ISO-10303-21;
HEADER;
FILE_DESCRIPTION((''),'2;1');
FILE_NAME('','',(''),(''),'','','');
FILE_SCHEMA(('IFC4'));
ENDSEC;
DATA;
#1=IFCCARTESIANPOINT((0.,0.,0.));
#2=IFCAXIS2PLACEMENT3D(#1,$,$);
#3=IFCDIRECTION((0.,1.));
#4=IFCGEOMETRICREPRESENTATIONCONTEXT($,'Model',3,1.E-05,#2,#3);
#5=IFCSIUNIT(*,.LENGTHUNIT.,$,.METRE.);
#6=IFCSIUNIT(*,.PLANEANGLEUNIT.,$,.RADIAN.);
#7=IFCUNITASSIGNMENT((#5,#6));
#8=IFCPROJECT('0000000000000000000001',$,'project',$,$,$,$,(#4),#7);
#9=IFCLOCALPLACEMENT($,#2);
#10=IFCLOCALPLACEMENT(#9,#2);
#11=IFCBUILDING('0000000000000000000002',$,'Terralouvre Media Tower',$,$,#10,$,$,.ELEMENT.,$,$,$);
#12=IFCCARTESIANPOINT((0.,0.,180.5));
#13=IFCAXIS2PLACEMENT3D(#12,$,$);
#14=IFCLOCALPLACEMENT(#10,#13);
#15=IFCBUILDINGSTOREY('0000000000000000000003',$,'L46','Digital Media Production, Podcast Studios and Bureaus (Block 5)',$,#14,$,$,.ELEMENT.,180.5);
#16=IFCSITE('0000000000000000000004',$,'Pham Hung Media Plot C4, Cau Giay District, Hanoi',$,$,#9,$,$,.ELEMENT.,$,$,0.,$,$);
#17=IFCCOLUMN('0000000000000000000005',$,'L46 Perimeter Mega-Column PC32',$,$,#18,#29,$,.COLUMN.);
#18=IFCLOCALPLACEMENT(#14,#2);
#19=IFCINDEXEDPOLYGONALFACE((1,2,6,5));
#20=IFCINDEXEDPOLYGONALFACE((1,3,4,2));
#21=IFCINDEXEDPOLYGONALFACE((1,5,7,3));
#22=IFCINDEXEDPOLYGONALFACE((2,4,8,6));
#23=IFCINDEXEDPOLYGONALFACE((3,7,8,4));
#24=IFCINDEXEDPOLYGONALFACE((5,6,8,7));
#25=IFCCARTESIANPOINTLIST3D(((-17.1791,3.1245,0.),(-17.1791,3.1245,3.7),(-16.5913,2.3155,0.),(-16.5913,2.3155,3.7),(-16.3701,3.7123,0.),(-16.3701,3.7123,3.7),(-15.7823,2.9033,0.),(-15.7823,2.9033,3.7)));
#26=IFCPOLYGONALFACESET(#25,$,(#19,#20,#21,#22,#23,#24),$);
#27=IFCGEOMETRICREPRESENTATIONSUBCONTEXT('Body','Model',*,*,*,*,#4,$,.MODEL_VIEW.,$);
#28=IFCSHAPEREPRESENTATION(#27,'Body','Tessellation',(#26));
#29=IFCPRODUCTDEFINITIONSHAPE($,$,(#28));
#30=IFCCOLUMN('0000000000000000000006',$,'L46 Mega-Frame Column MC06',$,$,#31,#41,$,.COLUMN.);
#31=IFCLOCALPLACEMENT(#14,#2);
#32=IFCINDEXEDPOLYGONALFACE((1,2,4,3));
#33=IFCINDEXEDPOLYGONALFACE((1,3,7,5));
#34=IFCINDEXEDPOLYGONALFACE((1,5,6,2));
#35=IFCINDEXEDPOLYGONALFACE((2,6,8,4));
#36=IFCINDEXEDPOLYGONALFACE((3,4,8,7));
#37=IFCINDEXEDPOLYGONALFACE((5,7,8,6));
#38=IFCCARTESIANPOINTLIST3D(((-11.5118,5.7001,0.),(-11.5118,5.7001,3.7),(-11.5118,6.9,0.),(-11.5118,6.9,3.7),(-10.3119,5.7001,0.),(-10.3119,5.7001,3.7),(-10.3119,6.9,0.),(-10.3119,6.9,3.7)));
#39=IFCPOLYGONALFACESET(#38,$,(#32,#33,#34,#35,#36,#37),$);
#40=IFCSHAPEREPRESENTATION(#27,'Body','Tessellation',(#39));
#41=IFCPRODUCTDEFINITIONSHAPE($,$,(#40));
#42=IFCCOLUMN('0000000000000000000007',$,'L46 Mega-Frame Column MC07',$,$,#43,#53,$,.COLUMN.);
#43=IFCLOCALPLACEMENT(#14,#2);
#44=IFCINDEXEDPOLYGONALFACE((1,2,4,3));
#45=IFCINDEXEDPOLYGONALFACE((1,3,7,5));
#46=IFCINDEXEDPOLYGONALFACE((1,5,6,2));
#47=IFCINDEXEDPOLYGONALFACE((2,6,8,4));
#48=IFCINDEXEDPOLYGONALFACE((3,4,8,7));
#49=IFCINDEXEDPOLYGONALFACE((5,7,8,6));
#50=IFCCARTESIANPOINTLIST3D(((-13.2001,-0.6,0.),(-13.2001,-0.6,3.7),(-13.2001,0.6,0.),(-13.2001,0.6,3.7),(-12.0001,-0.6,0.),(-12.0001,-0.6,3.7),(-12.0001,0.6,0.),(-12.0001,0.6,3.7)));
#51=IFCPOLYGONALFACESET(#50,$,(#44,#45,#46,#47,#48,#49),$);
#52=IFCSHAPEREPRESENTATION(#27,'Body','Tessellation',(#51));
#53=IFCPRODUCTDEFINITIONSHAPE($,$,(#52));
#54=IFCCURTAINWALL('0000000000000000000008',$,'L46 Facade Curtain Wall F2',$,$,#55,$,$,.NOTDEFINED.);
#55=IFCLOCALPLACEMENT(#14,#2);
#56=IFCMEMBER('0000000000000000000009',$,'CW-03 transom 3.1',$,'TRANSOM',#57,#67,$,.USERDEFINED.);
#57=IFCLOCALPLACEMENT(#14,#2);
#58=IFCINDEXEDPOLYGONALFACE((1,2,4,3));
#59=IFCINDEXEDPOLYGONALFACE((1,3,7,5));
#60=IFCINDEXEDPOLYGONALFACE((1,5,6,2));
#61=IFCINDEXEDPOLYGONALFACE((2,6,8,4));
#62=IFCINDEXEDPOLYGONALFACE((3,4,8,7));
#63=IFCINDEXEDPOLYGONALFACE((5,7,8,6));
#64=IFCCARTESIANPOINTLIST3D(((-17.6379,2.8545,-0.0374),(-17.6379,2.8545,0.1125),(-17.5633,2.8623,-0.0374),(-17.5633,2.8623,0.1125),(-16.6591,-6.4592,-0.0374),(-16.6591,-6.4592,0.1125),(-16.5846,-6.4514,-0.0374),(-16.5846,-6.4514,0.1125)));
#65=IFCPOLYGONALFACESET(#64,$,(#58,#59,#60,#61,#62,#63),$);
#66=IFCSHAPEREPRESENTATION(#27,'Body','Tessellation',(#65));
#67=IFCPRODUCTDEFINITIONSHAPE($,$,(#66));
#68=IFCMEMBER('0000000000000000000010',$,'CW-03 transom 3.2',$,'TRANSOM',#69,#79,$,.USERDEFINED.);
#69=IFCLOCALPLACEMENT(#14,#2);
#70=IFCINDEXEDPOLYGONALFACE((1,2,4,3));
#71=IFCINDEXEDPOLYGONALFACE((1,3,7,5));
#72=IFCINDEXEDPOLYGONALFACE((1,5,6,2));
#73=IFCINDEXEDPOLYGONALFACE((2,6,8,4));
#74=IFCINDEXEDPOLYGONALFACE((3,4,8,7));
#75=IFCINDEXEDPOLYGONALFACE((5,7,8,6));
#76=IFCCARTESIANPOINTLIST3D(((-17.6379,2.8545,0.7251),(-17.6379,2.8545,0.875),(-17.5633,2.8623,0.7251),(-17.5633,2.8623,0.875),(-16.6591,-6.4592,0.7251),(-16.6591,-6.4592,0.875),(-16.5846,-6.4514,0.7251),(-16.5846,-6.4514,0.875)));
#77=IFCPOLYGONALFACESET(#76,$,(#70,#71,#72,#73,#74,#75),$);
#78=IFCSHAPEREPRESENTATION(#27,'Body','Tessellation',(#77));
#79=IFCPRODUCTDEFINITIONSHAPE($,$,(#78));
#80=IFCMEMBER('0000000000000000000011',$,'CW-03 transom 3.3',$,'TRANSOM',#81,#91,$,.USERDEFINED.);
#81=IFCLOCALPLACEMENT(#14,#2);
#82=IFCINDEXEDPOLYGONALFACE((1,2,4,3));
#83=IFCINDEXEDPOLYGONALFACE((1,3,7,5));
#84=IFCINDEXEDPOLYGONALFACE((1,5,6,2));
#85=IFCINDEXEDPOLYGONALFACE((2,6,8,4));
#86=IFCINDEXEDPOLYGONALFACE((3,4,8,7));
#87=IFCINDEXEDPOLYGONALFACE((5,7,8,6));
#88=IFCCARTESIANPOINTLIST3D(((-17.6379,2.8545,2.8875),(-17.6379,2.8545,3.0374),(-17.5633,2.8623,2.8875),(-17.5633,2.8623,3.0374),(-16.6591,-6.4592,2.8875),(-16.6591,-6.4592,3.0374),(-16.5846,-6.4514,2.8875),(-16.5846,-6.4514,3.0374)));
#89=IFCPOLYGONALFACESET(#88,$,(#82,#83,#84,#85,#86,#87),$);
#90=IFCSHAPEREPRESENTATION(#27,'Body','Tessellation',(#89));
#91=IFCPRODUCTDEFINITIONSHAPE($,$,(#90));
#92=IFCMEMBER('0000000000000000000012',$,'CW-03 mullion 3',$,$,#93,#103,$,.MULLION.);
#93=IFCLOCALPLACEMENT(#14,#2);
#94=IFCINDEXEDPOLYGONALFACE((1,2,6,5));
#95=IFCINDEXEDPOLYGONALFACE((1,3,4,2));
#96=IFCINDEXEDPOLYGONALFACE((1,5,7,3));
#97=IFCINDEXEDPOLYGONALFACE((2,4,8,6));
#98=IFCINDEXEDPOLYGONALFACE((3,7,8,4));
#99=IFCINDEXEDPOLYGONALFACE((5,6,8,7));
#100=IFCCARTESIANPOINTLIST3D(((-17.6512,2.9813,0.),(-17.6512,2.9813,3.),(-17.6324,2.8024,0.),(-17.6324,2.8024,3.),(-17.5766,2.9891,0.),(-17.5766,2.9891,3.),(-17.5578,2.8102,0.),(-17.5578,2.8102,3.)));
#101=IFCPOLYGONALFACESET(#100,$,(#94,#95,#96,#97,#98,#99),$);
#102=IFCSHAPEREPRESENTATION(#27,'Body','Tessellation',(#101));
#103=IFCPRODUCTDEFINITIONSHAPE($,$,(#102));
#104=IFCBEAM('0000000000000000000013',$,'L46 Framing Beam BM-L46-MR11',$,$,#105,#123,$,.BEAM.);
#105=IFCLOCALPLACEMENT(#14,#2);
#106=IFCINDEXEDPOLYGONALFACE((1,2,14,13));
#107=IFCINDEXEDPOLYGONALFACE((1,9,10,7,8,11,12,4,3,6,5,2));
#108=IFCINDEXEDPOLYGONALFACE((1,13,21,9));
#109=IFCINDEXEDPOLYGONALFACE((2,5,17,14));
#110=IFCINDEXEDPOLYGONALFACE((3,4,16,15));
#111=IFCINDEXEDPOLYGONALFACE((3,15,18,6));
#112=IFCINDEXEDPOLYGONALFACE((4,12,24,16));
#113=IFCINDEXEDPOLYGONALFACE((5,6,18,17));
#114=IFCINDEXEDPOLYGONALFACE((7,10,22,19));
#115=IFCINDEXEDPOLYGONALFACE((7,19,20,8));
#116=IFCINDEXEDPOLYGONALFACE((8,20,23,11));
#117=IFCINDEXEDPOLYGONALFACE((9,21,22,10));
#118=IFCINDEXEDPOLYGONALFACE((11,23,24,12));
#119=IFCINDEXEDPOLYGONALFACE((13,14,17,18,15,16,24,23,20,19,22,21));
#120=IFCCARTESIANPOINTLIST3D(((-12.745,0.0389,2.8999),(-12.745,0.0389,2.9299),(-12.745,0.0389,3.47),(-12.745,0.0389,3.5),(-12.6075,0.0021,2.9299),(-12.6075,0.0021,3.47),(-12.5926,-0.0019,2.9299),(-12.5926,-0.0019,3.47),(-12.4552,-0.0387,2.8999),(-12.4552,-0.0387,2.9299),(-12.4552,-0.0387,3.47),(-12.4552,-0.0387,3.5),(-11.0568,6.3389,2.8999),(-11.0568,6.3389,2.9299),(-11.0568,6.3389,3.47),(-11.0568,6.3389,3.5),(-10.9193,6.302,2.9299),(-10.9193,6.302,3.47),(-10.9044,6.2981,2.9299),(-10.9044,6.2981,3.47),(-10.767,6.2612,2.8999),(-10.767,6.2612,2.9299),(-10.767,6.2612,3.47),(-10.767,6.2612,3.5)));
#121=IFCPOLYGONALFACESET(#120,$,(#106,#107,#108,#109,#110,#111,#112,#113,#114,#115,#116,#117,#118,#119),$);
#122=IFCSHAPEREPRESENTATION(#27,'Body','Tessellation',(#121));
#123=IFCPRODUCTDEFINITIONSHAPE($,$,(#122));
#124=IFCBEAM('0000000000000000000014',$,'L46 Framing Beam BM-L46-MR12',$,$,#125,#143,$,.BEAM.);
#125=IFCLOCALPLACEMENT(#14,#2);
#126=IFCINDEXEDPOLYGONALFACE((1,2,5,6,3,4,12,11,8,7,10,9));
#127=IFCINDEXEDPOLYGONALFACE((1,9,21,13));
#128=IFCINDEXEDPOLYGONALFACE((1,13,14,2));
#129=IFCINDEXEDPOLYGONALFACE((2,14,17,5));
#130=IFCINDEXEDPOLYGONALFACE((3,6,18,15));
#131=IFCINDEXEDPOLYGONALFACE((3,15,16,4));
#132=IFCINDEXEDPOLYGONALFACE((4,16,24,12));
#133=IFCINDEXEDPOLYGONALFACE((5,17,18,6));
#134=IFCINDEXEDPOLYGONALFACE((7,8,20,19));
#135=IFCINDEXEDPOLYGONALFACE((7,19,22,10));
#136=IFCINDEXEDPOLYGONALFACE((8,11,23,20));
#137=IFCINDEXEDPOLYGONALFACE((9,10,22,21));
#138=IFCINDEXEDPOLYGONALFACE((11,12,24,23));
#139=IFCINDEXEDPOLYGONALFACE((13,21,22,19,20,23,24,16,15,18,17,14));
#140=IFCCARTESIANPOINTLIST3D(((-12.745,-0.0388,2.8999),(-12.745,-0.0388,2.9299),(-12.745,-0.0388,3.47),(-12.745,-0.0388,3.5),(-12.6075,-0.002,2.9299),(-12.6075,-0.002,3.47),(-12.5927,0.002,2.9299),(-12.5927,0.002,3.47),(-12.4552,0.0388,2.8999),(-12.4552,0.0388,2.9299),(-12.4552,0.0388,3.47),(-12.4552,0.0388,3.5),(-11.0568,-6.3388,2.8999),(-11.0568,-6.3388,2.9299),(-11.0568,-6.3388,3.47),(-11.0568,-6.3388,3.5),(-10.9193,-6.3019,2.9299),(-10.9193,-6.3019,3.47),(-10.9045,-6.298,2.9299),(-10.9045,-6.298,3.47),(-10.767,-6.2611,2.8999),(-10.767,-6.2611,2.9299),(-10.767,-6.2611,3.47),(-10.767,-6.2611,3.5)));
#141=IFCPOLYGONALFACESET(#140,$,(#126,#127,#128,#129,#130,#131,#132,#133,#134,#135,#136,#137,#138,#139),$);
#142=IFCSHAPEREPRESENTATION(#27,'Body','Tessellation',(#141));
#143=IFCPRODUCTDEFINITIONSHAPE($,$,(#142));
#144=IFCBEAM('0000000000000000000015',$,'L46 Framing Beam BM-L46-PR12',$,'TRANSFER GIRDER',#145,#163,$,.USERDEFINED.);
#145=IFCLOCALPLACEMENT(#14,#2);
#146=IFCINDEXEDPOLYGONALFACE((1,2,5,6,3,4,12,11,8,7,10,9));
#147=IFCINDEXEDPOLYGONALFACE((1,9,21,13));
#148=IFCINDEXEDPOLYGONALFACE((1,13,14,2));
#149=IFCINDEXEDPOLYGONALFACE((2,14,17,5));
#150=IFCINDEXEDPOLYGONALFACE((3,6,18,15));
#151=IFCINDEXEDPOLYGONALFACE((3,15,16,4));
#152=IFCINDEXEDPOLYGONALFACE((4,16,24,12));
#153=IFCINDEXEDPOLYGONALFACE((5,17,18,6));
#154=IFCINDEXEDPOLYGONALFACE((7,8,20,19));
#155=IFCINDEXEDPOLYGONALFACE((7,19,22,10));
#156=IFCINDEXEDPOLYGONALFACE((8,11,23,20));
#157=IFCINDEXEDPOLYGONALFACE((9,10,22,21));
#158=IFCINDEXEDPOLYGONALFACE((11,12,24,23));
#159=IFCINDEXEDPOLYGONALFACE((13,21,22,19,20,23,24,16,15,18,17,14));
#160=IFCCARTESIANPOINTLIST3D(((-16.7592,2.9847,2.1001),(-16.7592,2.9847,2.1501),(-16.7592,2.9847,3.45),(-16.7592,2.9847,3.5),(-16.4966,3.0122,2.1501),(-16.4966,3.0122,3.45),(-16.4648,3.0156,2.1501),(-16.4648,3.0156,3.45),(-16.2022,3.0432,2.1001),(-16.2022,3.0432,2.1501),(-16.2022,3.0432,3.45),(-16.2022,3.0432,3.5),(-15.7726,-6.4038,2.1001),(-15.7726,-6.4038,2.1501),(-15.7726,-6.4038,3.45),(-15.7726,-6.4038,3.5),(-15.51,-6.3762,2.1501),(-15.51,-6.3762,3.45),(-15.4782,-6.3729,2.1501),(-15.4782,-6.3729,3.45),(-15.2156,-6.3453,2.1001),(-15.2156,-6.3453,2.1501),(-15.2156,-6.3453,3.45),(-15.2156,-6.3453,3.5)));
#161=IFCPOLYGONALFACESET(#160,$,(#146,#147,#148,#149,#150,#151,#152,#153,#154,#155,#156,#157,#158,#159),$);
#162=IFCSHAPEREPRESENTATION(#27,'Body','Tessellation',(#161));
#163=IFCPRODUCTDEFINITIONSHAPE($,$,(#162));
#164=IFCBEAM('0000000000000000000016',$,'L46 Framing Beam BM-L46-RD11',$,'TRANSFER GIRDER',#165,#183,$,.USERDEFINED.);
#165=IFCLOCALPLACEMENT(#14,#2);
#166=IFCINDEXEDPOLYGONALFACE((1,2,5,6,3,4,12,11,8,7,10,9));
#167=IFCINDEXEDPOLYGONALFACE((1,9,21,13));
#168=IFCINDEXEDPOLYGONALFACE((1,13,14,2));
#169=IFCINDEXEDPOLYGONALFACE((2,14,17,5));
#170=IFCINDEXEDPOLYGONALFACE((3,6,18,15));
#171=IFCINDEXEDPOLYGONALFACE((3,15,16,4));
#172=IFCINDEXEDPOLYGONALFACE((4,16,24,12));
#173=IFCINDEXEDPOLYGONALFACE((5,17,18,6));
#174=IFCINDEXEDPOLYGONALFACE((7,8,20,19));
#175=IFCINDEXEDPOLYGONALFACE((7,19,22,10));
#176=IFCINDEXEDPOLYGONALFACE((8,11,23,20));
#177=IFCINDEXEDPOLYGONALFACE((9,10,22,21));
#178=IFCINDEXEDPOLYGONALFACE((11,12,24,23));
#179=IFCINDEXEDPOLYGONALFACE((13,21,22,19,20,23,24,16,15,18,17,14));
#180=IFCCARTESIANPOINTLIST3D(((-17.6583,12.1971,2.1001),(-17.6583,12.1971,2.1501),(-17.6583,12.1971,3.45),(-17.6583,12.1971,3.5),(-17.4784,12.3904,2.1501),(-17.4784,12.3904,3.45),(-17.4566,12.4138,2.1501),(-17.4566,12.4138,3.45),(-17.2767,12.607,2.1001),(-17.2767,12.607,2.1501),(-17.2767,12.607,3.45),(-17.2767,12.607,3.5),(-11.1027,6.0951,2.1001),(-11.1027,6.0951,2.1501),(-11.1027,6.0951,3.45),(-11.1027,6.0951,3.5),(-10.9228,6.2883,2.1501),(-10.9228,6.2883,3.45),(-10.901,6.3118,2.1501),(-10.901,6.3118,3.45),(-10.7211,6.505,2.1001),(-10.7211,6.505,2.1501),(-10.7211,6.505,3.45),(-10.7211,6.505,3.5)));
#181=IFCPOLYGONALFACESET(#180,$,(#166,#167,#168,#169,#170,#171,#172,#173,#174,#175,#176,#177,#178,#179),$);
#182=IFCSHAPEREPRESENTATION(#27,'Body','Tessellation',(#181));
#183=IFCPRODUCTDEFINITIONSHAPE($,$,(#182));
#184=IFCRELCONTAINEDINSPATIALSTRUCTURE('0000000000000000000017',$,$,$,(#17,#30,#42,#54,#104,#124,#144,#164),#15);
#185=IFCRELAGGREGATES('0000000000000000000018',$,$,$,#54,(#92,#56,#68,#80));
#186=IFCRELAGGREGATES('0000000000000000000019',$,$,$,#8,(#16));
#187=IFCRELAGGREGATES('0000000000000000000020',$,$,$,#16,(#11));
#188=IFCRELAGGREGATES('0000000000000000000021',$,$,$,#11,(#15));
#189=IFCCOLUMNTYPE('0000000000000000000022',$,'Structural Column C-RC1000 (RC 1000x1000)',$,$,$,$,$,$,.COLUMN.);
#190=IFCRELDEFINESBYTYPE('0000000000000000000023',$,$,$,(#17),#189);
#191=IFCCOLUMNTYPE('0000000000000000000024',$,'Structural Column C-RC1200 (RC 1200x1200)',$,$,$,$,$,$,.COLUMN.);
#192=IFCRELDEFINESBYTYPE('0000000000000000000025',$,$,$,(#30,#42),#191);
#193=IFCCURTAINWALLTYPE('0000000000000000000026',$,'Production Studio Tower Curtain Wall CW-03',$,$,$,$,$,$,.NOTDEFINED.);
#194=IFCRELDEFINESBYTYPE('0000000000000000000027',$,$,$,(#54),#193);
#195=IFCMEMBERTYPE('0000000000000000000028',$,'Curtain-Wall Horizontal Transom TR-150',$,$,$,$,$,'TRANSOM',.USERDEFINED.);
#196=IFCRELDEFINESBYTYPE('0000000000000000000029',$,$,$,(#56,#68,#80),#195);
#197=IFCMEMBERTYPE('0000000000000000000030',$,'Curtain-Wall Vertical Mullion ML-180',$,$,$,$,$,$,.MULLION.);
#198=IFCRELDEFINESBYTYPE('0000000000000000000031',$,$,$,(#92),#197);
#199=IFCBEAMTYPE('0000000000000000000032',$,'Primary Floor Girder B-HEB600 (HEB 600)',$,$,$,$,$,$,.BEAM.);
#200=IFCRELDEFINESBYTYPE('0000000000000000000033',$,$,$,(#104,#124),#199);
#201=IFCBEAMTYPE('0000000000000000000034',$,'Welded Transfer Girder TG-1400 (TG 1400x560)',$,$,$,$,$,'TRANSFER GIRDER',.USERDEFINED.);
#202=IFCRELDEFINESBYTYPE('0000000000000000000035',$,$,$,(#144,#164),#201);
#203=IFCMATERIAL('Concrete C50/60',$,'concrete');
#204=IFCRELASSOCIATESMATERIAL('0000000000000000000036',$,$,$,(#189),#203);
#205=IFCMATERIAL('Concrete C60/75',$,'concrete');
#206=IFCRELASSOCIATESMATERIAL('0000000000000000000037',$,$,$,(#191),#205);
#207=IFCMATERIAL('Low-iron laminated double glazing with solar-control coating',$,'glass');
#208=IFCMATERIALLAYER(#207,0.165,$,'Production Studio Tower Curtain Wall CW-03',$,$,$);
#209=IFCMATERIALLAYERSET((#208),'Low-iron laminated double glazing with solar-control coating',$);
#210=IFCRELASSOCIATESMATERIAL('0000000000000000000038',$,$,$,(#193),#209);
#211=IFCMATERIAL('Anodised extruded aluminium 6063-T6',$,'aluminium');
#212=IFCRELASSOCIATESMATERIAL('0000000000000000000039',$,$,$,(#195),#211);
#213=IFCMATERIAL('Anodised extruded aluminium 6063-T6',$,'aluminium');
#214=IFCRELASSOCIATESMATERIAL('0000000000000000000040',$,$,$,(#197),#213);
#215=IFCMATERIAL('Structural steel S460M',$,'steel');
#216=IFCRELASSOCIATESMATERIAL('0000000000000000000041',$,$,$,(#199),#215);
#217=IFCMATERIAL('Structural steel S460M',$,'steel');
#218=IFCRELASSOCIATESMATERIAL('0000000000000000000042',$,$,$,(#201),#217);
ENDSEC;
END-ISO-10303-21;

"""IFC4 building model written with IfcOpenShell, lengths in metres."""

from ifc_helpers import new_model, si_unit, direction, frame, origin, origin_2d, place, context, subcontext, project, spatial, rectangle, i_section, extrude, material, layer, layer_set, material_profile, profile_set, type_object, element, aggregate, save


model = new_model("IFC4")

# Units and contexts
model_context = context("Model", 3, precision=1e-05, world=origin(), true_north=direction((0.0, 1.0)))
body_context = subcontext(model_context, "Body", "Model", "MODEL_VIEW")
ifc_project = project(units=[si_unit("LENGTHUNIT", "METRE"), si_unit("PLANEANGLEUNIT", "RADIAN")], contexts=[model_context])

# Site, building, storey
site_placement = place(None, origin())
site = spatial("IfcSite", under=ifc_project, at=site_placement, Name="Pham Hung Media Plot C4, Cau Giay District, Hanoi", CompositionType="ELEMENT", RefElevation=0.0)
building_placement = place(site_placement, origin())
building = spatial("IfcBuilding", under=site, at=building_placement, Name="Terralouvre Media Tower", CompositionType="ELEMENT")
storey_placement = place(building_placement, frame((0.0, 0.0, 180.5)))
storey = spatial("IfcBuildingStorey", under=building, at=storey_placement, Name="L46", Description="Digital Media Production, Podcast Studios and Bureaus (Block 5)", CompositionType="ELEMENT", Elevation=180.5)

# Columns
ifc_material_1 = material(Name="Concrete C50/60", Category="concrete")
ifc_material_profile_1 = material_profile(ifc_material_1, rectangle(XDim=1.0, YDim=1.0, at=origin_2d()), Name="RC 1000x1000")
ifc_profile_set_1 = profile_set([ifc_material_profile_1], Name="Concrete C50/60")
column_type_1 = type_object("IfcColumnType", Name="Structural Column C-RC1000 (RC 1000x1000)", PredefinedType="COLUMN", material=ifc_profile_set_1)
column_placement = place(storey_placement, frame((-16.4807, 3.0139, 0.0), z_axis=(0.0, 0.0, 1.0), x_axis=(0.809017, 0.587785, 0.0)))
element("IfcColumn", 1, at=column_placement, inside=storey, type_object=column_type_1, Name="L46 Perimeter Mega-Column PC32", PredefinedType="COLUMN", context=body_context, shape_type="SweptSolid", body=[
    extrude(rectangle(XDim=1.0, YDim=1.0, at=origin_2d()), origin(), (0.0, 0.0, 1.0), 3.7),
])
ifc_material_2 = material(Name="Concrete C60/75", Category="concrete")
ifc_material_profile_2 = material_profile(ifc_material_2, rectangle(XDim=1.2, YDim=1.2, at=origin_2d()), Name="RC 1200x1200")
ifc_profile_set_2 = profile_set([ifc_material_profile_2], Name="Concrete C60/75")
column_type_2 = type_object("IfcColumnType", Name="Structural Column C-RC1200 (RC 1200x1200)", PredefinedType="COLUMN", material=ifc_profile_set_2)
for number, where, z_axis, x_axis, name in (
    (2, (-10.9119, 6.3, 0.0), (0.0, 0.0, 1.0), (1.0, 0.0, 0.0), "L46 Mega-Frame Column MC06"),
    (3, (-12.6001, 0.0, 0.0), (0.0, 0.0, 1.0), (1.0, 0.0, 0.0), "L46 Mega-Frame Column MC07"),
):
    element("IfcColumn", number, at=place(storey_placement, frame(where, z_axis=z_axis, x_axis=x_axis)), inside=storey, type_object=column_type_2, Name=name, PredefinedType="COLUMN", context=body_context, shape_type="SweptSolid", body=[
        extrude(rectangle(XDim=1.2, YDim=1.2, at=origin_2d()), origin(), (0.0, 0.0, 1.0), 3.7),
    ])

# Curtain wall, members
ifc_material_3 = material(Name="Low-iron laminated double glazing with solar-control coating", Category="glass")
ifc_layer_1 = layer(ifc_material_3, 0.165, Name="Production Studio Tower Curtain Wall CW-03")
ifc_layer_set_1 = layer_set([ifc_layer_1], Name="Low-iron laminated double glazing with solar-control coating")
curtain_wall_type = type_object("IfcCurtainWallType", Name="Production Studio Tower Curtain Wall CW-03", PredefinedType="NOTDEFINED", material=ifc_layer_set_1)
curtain_wall_placement = place(storey_placement, origin())
curtain_wall = element("IfcCurtainWall", 4, at=curtain_wall_placement, inside=storey, type_object=curtain_wall_type, Name="L46 Facade Curtain Wall F2", PredefinedType="NOTDEFINED")
ifc_material_4 = material(Name="Anodised extruded aluminium 6063-T6", Category="aluminium")
ifc_material_profile_3 = material_profile(ifc_material_4, rectangle(XDim=0.075, YDim=0.1499, at=origin_2d()), Name="ALU 75x150")
ifc_profile_set_3 = profile_set([ifc_material_profile_3], Name="Anodised extruded aluminium 6063-T6")
member_type_1 = type_object("IfcMemberType", Name="Curtain-Wall Horizontal Transom TR-150", ElementType="TRANSOM", PredefinedType="USERDEFINED", material=ifc_profile_set_3)
member_1_placement = place(storey_placement, frame((-17.6006, 2.8584, 0.0376), z_axis=(0.104512, -0.994524, 0.0), x_axis=(0.994524, 0.104512, 0.0)))
member_1 = element("IfcMember", 5, at=member_1_placement, type_object=member_type_1, Name="CW-03 transom 3.1", ObjectType="TRANSOM", PredefinedType="USERDEFINED", context=body_context, shape_type="SweptSolid", body=[
    extrude(rectangle(XDim=0.075, YDim=0.1499, at=origin_2d()), origin(), (0.0, 0.0, 1.0), 9.365),
])
member_2_placement = place(storey_placement, frame((-17.6006, 2.8584, 0.8), z_axis=(0.104512, -0.994524, 0.0), x_axis=(0.994524, 0.104512, 0.0)))
member_2 = element("IfcMember", 6, at=member_2_placement, type_object=member_type_1, Name="CW-03 transom 3.2", ObjectType="TRANSOM", PredefinedType="USERDEFINED", context=body_context, shape_type="SweptSolid", body=[
    extrude(rectangle(XDim=0.075, YDim=0.1499, at=origin_2d()), origin(), (0.0, 0.0, 1.0), 9.365),
])
member_3_placement = place(storey_placement, frame((-17.6006, 2.8584, 2.9624), z_axis=(0.104512, -0.994524, 0.0), x_axis=(0.994524, 0.104512, 0.0)))
member_3 = element("IfcMember", 7, at=member_3_placement, type_object=member_type_1, Name="CW-03 transom 3.3", ObjectType="TRANSOM", PredefinedType="USERDEFINED", context=body_context, shape_type="SweptSolid", body=[
    extrude(rectangle(XDim=0.075, YDim=0.1499, at=origin_2d()), origin(), (0.0, 0.0, 1.0), 9.365),
])
ifc_material_5 = material(Name="Anodised extruded aluminium 6063-T6", Category="aluminium")
ifc_material_profile_4 = material_profile(ifc_material_5, rectangle(XDim=0.075, YDim=0.1799, at=origin_2d()), Name="ALU 75x180")
ifc_profile_set_4 = profile_set([ifc_material_profile_4], Name="Anodised extruded aluminium 6063-T6")
member_type_2 = type_object("IfcMemberType", Name="Curtain-Wall Vertical Mullion ML-180", PredefinedType="MULLION", material=ifc_profile_set_4)
member_4_placement = place(storey_placement, frame((-17.6045, 2.8958, 0.0), z_axis=(0.0, 0.0, 1.0), x_axis=(0.994522, 0.104528, 0.0)))
member_4 = element("IfcMember", 8, at=member_4_placement, type_object=member_type_2, Name="CW-03 mullion 3", PredefinedType="MULLION", context=body_context, shape_type="SweptSolid", body=[
    extrude(rectangle(XDim=0.075, YDim=0.1799, at=origin_2d()), origin(), (0.0, 0.0, 1.0), 3.0),
])

# Beams
ifc_material_6 = material(Name="Structural steel S460M", Category="steel")
ifc_material_profile_5 = material_profile(ifc_material_6, i_section(OverallWidth=0.3, OverallDepth=0.6001, WebThickness=0.0154, FlangeThickness=0.03, at=origin_2d()), Name="HEB 600")
ifc_profile_set_5 = profile_set([ifc_material_profile_5], Name="Structural steel S460M")
beam_type_1 = type_object("IfcBeamType", Name="Primary Floor Girder B-HEB600 (HEB 600)", PredefinedType="BEAM", material=ifc_profile_set_5)
for number, where, z_axis, x_axis, name in (
    (9, (-10.9119, 6.3, 3.2), (-0.258839, -0.96592, 0.0), (0.96592, -0.258839, 0.0), "L46 Framing Beam BM-L46-MR11"),
    (10, (-12.6001, 0.0, 3.2), (0.258839, -0.96592, 0.0), (0.96592, 0.258839, 0.0), "L46 Framing Beam BM-L46-MR12"),
):
    element("IfcBeam", number, at=place(storey_placement, frame(where, z_axis=z_axis, x_axis=x_axis)), inside=storey, type_object=beam_type_1, Name=name, PredefinedType="BEAM", context=body_context, shape_type="SweptSolid", body=[
        extrude(i_section(OverallWidth=0.3, OverallDepth=0.6001, WebThickness=0.0154, FlangeThickness=0.03, at=origin_2d()), origin(), (0.0, 0.0, 1.0), 6.5222),
    ])
ifc_material_7 = material(Name="Structural steel S460M", Category="steel")
ifc_material_profile_6 = material_profile(ifc_material_7, i_section(OverallWidth=0.5601, OverallDepth=1.3999, WebThickness=0.032, FlangeThickness=0.05, at=origin_2d()), Name="TG 1400x560")
ifc_profile_set_6 = profile_set([ifc_material_profile_6], Name="Structural steel S460M")
beam_type_2 = type_object("IfcBeamType", Name="Welded Transfer Girder TG-1400 (TG 1400x560)", ElementType="TRANSFER GIRDER", PredefinedType="USERDEFINED", material=ifc_profile_set_6)
beam_1_placement = place(storey_placement, frame((-16.4807, 3.0139, 2.8), z_axis=(0.104508, -0.994524, 0.0), x_axis=(0.994524, 0.104508, 0.0)))
element("IfcBeam", 11, at=beam_1_placement, inside=storey, type_object=beam_type_2, Name="L46 Framing Beam BM-L46-PR12", ObjectType="TRANSFER GIRDER", PredefinedType="USERDEFINED", context=body_context, shape_type="SweptSolid", body=[
    extrude(i_section(OverallWidth=0.5601, OverallDepth=1.3999, WebThickness=0.032, FlangeThickness=0.05, at=origin_2d()), origin(), (0.0, 0.0, 1.0), 9.4402),
])
beam_2_placement = place(storey_placement, frame((-10.9119, 6.3, 2.8), z_axis=(-0.731977, 0.681329, 0.0), x_axis=(-0.681329, -0.731977, 0.0)))
element("IfcBeam", 12, at=beam_2_placement, inside=storey, type_object=beam_type_2, Name="L46 Framing Beam BM-L46-RD11", ObjectType="TRANSFER GIRDER", PredefinedType="USERDEFINED", context=body_context, shape_type="SweptSolid", body=[
    extrude(i_section(OverallWidth=0.5601, OverallDepth=1.3999, WebThickness=0.032, FlangeThickness=0.05, at=origin_2d()), origin(), (0.0, 0.0, 1.0), 8.9561),
])

aggregate(curtain_wall, [member_4, member_1, member_2, member_3])

save(model, "model.ifc")
